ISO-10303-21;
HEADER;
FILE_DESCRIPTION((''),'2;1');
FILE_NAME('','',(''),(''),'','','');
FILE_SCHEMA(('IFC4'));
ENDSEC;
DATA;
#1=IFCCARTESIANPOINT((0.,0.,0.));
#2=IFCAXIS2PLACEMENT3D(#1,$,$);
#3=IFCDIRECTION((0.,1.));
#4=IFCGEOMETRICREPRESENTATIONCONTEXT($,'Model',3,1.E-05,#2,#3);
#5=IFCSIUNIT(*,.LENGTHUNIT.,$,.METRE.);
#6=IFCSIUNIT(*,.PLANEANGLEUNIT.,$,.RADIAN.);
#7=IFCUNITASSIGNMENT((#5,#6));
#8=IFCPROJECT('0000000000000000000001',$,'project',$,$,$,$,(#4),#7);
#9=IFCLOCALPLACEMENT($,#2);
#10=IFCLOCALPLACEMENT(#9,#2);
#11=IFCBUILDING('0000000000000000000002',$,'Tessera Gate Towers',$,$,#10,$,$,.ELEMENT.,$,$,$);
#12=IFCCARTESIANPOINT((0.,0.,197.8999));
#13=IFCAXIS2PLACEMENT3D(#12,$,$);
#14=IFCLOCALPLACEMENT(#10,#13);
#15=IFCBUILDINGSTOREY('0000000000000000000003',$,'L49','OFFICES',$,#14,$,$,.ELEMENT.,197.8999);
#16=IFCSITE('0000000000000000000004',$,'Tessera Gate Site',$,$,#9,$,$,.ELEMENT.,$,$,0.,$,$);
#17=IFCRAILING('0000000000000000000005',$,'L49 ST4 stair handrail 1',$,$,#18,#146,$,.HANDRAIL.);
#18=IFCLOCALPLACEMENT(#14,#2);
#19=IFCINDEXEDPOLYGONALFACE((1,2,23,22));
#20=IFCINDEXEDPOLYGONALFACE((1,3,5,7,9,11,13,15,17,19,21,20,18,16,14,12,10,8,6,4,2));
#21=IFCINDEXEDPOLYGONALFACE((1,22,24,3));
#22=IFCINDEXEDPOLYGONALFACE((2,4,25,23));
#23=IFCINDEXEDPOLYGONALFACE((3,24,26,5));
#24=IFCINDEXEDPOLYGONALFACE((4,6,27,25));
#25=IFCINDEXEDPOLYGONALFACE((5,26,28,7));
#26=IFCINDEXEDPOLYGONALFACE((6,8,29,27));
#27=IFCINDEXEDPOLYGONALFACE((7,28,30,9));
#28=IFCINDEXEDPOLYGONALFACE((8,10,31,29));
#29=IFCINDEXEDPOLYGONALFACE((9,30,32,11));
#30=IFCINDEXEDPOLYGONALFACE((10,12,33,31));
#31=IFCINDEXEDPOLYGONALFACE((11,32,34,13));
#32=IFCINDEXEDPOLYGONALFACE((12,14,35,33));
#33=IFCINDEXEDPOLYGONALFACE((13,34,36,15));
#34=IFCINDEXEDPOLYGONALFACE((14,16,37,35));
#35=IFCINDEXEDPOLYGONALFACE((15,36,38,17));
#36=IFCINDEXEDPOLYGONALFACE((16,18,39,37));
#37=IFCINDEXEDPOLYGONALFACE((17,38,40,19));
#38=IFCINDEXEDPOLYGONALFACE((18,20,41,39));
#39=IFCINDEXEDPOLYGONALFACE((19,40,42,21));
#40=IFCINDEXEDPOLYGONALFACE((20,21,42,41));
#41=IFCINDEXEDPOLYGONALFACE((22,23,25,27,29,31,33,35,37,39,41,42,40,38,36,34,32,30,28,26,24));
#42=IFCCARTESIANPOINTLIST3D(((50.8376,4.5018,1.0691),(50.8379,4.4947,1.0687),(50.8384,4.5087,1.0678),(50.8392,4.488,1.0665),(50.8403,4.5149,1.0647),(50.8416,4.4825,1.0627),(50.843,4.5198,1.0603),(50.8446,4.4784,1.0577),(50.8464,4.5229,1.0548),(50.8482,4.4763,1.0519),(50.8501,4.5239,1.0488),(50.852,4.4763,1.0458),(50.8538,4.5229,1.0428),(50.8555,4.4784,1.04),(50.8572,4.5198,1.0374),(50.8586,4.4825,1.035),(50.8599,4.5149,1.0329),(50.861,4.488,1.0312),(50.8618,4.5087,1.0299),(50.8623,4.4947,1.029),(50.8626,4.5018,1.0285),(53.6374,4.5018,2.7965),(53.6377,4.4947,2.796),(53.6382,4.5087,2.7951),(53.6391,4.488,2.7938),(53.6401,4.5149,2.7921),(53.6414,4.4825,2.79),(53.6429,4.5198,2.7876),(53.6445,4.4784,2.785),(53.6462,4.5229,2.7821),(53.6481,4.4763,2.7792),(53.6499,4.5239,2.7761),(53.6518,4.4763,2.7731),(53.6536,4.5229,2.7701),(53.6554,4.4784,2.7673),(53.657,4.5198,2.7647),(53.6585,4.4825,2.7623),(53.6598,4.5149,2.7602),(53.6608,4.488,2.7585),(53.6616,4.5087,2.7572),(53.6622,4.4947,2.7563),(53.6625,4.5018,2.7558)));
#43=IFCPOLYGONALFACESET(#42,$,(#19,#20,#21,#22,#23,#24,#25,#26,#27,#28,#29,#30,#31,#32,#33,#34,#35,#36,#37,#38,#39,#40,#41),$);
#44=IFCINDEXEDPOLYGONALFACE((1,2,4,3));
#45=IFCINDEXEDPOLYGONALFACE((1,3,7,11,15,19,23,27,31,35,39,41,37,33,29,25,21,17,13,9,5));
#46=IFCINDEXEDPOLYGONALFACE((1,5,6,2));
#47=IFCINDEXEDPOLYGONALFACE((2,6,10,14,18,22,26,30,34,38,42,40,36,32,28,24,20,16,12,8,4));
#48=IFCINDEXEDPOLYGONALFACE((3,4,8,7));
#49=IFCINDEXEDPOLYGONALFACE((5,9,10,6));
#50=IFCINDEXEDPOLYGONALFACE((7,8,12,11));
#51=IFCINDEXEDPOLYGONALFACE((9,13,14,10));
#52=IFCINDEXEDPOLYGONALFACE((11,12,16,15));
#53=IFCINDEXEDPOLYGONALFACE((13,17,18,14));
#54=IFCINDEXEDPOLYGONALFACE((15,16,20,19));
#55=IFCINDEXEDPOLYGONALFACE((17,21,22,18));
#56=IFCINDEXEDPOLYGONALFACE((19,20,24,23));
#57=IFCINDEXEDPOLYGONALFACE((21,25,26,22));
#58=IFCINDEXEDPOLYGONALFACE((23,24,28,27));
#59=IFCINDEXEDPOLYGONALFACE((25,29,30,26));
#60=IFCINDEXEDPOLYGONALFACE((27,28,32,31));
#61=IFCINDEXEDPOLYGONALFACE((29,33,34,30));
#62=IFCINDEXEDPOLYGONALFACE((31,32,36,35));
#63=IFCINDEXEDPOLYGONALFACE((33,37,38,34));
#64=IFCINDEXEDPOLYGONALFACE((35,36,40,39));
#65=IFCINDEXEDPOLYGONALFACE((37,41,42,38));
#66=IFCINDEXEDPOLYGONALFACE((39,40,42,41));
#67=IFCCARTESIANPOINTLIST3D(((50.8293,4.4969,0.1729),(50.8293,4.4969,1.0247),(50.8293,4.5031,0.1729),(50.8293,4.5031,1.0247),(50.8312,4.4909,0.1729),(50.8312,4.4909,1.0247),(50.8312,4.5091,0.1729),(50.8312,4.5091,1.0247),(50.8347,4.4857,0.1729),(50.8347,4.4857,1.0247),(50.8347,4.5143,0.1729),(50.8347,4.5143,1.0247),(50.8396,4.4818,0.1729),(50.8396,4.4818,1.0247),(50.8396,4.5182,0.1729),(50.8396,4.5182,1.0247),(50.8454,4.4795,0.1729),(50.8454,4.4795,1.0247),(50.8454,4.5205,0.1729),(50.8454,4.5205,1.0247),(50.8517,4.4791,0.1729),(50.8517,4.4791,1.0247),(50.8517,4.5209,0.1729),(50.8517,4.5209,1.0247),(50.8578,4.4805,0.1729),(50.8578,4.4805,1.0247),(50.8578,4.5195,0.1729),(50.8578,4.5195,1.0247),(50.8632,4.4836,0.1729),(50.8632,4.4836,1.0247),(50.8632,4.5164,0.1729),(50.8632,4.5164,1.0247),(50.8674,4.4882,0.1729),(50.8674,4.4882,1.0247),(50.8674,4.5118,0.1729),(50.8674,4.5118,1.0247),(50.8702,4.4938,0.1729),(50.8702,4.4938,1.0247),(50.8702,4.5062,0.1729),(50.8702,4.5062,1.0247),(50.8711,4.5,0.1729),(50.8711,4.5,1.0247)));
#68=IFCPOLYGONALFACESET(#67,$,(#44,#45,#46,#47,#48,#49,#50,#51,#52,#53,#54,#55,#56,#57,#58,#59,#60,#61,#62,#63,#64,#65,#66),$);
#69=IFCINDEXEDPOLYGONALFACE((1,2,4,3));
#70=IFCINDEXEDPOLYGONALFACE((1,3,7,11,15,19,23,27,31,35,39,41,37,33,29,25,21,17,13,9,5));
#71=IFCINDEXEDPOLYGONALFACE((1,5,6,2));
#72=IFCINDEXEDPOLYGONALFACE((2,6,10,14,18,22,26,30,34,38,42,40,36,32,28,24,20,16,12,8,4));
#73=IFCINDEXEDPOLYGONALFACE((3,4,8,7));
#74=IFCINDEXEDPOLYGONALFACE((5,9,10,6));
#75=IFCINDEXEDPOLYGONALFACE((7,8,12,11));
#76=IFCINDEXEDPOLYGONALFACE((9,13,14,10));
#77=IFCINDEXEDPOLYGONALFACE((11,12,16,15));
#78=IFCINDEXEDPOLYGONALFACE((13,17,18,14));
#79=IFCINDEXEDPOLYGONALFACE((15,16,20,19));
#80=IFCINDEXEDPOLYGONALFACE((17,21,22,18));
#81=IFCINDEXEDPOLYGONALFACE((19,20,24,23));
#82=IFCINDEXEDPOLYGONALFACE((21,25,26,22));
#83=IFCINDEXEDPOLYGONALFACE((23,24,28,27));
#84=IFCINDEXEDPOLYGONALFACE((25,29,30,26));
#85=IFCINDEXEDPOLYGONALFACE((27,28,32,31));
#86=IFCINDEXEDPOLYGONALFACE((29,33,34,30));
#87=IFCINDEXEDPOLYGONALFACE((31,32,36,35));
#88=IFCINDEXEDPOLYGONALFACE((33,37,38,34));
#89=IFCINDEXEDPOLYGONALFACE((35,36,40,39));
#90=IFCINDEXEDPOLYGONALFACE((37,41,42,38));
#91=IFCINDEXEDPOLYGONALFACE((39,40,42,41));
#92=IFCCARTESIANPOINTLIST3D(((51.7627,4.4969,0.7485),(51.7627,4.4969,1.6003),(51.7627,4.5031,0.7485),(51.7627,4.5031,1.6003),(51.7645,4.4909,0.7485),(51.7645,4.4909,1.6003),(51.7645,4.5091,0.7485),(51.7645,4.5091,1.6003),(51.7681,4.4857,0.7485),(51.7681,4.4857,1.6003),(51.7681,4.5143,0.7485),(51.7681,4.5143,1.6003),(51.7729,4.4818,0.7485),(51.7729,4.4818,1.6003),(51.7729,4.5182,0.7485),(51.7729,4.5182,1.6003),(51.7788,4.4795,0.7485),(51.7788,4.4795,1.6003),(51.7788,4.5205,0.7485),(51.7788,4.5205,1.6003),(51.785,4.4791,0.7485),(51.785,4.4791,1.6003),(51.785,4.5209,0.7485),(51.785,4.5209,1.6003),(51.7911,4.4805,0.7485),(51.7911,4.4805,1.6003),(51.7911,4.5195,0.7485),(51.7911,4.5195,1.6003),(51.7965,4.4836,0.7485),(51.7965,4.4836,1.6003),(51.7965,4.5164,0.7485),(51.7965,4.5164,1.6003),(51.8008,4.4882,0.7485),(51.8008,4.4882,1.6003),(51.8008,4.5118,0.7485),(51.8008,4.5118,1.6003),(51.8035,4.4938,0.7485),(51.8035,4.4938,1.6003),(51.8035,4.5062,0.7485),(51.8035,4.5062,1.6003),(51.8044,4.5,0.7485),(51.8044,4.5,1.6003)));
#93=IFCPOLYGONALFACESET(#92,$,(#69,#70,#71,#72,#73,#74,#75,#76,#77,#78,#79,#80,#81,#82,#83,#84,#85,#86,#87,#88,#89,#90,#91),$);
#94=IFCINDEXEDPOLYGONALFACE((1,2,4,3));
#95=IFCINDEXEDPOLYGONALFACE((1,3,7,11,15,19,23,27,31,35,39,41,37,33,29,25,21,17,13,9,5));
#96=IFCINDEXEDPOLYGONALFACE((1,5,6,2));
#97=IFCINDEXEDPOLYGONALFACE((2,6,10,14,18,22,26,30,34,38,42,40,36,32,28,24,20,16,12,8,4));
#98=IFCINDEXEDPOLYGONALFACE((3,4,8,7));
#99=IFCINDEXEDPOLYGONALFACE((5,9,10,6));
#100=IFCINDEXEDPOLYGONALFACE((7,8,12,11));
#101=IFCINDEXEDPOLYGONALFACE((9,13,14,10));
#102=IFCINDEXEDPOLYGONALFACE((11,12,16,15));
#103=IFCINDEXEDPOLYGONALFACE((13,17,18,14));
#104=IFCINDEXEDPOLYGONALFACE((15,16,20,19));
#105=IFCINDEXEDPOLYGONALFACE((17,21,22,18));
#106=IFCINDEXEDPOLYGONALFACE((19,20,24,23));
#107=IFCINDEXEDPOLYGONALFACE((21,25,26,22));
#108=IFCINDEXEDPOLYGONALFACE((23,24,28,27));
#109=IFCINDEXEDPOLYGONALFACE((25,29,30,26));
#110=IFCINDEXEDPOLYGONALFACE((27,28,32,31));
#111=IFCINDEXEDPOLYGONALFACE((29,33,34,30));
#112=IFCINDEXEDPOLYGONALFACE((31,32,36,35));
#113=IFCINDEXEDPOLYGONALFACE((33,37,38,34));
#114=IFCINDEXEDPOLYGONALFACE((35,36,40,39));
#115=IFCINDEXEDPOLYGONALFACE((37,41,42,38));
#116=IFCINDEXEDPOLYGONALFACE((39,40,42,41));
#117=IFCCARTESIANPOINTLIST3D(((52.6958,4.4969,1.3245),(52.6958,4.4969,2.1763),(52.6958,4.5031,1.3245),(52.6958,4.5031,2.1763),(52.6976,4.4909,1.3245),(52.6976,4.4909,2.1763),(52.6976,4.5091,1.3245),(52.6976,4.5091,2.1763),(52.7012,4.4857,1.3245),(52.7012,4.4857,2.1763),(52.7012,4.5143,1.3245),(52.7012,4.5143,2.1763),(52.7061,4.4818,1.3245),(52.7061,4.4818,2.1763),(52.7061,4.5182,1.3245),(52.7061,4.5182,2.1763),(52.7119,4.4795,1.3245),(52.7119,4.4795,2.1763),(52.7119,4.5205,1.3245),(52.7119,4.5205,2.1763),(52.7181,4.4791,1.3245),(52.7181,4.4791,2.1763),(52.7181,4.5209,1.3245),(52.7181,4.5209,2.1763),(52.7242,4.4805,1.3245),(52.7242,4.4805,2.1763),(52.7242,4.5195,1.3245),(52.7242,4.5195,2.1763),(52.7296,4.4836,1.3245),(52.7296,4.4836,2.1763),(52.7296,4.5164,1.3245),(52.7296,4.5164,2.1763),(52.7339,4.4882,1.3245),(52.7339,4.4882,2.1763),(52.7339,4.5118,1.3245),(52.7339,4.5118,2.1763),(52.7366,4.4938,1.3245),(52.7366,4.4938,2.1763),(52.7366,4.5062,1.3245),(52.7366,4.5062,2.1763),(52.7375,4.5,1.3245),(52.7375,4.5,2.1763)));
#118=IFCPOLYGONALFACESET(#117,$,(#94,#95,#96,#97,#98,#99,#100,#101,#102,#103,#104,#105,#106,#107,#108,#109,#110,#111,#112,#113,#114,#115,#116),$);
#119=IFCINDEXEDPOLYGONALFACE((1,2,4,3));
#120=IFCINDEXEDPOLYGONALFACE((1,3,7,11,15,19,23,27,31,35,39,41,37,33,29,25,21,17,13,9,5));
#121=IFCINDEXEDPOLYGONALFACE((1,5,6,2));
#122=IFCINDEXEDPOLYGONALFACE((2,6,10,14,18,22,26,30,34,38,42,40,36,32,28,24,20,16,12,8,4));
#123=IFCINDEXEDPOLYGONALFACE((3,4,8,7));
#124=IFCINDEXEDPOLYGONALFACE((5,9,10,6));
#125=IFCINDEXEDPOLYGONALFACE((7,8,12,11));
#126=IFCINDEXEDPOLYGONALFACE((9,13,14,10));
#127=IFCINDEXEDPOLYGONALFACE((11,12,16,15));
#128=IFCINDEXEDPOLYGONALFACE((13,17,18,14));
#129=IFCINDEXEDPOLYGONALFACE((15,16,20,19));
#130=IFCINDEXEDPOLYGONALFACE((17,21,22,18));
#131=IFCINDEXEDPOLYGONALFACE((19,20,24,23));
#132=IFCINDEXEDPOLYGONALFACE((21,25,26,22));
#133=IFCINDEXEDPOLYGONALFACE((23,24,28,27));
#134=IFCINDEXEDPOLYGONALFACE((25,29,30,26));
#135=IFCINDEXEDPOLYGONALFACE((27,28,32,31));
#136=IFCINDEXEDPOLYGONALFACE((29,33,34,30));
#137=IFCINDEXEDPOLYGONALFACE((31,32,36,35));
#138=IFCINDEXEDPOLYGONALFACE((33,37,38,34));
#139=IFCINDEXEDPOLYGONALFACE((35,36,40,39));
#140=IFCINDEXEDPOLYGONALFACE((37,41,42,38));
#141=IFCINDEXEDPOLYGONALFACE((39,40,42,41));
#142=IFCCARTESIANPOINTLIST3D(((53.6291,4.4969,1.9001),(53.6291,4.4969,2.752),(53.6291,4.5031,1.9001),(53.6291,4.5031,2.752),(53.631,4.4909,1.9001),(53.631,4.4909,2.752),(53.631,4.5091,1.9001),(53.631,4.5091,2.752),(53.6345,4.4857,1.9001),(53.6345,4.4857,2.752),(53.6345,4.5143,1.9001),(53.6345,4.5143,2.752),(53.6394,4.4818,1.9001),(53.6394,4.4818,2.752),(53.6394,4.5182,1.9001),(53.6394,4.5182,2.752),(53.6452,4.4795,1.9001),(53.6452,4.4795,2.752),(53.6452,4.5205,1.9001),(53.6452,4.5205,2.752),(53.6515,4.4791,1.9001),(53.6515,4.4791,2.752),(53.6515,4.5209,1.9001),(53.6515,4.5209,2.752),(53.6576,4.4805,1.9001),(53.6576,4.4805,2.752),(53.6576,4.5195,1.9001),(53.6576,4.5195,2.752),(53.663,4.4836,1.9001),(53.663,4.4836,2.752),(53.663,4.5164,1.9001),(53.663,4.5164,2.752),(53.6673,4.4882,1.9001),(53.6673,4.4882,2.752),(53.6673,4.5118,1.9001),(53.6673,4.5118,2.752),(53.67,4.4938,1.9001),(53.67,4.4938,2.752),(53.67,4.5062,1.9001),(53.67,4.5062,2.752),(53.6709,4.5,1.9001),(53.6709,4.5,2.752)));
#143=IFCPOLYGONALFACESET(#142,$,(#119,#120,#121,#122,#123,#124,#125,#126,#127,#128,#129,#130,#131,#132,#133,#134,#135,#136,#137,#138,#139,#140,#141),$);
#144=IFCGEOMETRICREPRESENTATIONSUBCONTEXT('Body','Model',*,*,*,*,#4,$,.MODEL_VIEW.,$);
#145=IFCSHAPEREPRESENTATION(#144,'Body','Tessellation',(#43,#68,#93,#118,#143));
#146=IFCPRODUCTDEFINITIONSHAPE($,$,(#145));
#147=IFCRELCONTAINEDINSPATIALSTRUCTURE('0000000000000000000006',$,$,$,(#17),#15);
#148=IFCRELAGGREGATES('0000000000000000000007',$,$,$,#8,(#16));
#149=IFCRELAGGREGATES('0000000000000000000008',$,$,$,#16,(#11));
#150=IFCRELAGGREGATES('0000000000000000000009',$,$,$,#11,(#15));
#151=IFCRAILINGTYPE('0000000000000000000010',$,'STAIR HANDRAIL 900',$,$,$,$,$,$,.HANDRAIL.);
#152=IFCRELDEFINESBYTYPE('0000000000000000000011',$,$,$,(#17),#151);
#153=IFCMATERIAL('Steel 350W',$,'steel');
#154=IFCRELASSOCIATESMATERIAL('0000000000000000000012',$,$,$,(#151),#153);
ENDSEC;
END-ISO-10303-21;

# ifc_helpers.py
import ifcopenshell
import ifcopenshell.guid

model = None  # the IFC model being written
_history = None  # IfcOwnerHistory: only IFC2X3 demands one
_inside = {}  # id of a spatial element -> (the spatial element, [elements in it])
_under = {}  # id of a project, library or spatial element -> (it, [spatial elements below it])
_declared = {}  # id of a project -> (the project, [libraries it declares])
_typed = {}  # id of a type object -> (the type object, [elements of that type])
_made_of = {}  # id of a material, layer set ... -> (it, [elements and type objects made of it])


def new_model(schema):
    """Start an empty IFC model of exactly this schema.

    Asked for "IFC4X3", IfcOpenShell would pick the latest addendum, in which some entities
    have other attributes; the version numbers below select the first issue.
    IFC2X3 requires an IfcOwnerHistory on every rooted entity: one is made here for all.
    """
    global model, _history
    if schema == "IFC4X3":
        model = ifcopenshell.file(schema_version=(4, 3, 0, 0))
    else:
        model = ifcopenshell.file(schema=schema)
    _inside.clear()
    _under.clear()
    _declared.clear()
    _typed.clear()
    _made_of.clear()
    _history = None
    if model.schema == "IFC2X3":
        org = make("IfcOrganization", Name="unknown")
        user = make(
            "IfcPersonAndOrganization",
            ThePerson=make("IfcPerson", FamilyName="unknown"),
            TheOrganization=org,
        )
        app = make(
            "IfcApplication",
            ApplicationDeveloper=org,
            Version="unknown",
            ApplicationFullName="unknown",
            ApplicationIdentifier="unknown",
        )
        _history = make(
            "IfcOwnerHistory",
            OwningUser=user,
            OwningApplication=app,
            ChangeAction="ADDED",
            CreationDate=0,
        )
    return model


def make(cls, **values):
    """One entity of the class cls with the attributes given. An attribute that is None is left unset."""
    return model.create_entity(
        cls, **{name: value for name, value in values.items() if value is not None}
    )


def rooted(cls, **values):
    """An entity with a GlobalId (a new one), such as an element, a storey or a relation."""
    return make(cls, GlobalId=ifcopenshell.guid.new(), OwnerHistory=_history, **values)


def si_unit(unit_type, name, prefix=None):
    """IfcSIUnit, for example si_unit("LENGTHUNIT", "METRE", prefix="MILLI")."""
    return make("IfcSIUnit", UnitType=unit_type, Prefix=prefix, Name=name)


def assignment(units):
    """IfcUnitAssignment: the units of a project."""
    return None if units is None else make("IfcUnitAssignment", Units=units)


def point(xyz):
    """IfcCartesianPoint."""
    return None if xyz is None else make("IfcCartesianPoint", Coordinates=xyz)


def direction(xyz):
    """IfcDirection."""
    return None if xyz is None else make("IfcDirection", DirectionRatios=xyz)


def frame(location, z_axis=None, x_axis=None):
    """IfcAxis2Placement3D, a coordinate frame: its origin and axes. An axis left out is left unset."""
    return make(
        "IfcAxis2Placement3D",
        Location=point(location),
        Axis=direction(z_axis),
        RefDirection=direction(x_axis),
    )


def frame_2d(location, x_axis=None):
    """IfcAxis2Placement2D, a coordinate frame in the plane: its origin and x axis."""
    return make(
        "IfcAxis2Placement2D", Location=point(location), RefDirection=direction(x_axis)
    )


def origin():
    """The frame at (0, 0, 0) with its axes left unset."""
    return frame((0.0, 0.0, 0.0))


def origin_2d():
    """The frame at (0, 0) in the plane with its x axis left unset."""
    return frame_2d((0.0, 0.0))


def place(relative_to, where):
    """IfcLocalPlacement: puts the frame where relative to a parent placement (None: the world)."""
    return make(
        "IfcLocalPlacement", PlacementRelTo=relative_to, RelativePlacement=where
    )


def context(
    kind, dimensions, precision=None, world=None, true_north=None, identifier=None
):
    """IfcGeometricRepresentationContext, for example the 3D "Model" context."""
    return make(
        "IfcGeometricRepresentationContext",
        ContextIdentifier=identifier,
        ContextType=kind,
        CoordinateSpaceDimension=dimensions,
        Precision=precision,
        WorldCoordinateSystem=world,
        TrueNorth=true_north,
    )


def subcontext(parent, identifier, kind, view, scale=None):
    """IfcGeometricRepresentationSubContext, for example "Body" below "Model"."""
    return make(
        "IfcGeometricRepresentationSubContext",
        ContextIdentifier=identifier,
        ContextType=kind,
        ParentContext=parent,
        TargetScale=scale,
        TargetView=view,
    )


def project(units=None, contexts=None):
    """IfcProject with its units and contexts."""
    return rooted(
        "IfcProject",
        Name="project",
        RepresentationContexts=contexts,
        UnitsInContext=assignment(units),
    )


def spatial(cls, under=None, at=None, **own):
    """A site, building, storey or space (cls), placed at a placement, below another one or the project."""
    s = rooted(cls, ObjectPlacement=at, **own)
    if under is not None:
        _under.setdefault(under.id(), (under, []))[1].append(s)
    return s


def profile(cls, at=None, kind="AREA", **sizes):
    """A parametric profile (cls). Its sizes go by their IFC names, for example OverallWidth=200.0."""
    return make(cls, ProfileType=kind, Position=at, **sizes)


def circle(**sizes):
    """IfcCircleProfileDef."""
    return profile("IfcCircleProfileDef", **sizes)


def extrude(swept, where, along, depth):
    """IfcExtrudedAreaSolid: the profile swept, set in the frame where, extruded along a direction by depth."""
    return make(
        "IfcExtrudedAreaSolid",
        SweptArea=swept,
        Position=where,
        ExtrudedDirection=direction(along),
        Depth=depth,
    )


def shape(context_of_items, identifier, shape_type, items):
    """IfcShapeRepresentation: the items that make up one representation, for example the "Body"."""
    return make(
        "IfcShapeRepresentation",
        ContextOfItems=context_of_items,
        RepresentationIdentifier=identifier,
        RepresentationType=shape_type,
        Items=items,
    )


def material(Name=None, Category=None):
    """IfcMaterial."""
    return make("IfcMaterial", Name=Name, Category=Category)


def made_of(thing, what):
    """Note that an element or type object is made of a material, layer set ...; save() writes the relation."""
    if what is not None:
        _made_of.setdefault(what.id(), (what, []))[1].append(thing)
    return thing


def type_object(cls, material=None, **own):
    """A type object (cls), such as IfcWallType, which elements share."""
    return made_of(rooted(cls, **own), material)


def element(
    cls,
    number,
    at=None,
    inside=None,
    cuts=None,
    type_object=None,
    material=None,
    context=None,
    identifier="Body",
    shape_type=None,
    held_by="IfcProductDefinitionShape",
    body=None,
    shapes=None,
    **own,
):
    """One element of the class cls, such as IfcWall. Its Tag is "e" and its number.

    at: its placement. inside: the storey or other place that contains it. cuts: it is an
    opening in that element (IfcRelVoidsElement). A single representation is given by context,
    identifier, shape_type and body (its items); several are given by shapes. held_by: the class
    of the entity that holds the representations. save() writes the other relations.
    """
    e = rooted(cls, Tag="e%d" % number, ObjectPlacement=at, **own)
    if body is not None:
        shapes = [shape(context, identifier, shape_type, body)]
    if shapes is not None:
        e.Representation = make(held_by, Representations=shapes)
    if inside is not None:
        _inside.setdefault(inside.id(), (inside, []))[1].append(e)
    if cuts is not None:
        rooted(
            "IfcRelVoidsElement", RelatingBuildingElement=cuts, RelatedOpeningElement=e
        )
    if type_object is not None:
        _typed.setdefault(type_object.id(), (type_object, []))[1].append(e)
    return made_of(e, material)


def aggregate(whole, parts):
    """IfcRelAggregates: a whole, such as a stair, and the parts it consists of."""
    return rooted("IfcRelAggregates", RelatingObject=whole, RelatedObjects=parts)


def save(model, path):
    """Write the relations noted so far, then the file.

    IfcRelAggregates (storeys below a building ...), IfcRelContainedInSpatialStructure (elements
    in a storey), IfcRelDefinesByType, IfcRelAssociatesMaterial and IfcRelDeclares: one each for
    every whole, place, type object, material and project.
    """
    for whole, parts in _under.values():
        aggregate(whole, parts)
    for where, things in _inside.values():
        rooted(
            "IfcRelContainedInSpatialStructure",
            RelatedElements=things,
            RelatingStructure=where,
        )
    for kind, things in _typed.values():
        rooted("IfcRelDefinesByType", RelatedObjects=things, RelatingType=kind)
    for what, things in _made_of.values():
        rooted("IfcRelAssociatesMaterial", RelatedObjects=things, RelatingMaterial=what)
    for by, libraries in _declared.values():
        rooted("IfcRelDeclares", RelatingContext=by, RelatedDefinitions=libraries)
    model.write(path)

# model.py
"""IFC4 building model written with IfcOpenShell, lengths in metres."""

from ifc_helpers import new_model, si_unit, direction, frame, origin, origin_2d, place, context, subcontext, project, spatial, circle, extrude, material, type_object, element, save


model = new_model("IFC4")

# Units and contexts
model_context = context("Model", 3, precision=1e-05, world=origin(), true_north=direction((0.0, 1.0)))
body_context = subcontext(model_context, "Body", "Model", "MODEL_VIEW")
ifc_project = project(units=[si_unit("LENGTHUNIT", "METRE"), si_unit("PLANEANGLEUNIT", "RADIAN")], contexts=[model_context])

# Site, building, storey
site_placement = place(None, origin())
site = spatial("IfcSite", under=ifc_project, at=site_placement, Name="Tessera Gate Site", CompositionType="ELEMENT", RefElevation=0.0)
building_placement = place(site_placement, origin())
building = spatial("IfcBuilding", under=site, at=building_placement, Name="Tessera Gate Towers", CompositionType="ELEMENT")
storey_placement = place(building_placement, frame((0.0, 0.0, 197.8999)))
storey = spatial("IfcBuildingStorey", under=building, at=storey_placement, Name="L49", Description="OFFICES", CompositionType="ELEMENT", Elevation=197.8999)

# Railing
ifc_material_1 = material(Name="Steel 350W", Category="steel")
railing_type_1 = type_object("IfcRailingType", Name="STAIR HANDRAIL 900", PredefinedType="HANDRAIL", material=ifc_material_1)
railing_1_placement = place(storey_placement, frame((50.8501, 4.5, 0.1729)))
element("IfcRailing", 1, at=railing_1_placement, inside=storey, type_object=railing_type_1, Name="L49 ST4 stair handrail 1", PredefinedType="HANDRAIL", context=body_context, shape_type="SweptSolid", body=[
    extrude(circle(Radius=0.0239, at=origin_2d()), frame((0.0, 0.0, 0.876), z_axis=(0.851069, 0.0, 0.525054), x_axis=(0.0, 1.0, 0.0)), (0.0, 0.0, 1.0), 3.2898),
    extrude(circle(Radius=0.021, at=origin_2d()), origin(), (0.0, 0.0, 1.0), 0.8518),
    extrude(circle(Radius=0.021, at=origin_2d()), frame((0.9333, 0.0, 0.5757)), (0.0, 0.0, 1.0), 0.8518),
    extrude(circle(Radius=0.021, at=origin_2d()), frame((1.8665, 0.0, 1.1516)), (0.0, 0.0, 1.0), 0.8518),
    extrude(circle(Radius=0.021, at=origin_2d()), frame((2.7998, 0.0, 1.7273)), (0.0, 0.0, 1.0), 0.8518),
])

save(model, "model.ifc")
